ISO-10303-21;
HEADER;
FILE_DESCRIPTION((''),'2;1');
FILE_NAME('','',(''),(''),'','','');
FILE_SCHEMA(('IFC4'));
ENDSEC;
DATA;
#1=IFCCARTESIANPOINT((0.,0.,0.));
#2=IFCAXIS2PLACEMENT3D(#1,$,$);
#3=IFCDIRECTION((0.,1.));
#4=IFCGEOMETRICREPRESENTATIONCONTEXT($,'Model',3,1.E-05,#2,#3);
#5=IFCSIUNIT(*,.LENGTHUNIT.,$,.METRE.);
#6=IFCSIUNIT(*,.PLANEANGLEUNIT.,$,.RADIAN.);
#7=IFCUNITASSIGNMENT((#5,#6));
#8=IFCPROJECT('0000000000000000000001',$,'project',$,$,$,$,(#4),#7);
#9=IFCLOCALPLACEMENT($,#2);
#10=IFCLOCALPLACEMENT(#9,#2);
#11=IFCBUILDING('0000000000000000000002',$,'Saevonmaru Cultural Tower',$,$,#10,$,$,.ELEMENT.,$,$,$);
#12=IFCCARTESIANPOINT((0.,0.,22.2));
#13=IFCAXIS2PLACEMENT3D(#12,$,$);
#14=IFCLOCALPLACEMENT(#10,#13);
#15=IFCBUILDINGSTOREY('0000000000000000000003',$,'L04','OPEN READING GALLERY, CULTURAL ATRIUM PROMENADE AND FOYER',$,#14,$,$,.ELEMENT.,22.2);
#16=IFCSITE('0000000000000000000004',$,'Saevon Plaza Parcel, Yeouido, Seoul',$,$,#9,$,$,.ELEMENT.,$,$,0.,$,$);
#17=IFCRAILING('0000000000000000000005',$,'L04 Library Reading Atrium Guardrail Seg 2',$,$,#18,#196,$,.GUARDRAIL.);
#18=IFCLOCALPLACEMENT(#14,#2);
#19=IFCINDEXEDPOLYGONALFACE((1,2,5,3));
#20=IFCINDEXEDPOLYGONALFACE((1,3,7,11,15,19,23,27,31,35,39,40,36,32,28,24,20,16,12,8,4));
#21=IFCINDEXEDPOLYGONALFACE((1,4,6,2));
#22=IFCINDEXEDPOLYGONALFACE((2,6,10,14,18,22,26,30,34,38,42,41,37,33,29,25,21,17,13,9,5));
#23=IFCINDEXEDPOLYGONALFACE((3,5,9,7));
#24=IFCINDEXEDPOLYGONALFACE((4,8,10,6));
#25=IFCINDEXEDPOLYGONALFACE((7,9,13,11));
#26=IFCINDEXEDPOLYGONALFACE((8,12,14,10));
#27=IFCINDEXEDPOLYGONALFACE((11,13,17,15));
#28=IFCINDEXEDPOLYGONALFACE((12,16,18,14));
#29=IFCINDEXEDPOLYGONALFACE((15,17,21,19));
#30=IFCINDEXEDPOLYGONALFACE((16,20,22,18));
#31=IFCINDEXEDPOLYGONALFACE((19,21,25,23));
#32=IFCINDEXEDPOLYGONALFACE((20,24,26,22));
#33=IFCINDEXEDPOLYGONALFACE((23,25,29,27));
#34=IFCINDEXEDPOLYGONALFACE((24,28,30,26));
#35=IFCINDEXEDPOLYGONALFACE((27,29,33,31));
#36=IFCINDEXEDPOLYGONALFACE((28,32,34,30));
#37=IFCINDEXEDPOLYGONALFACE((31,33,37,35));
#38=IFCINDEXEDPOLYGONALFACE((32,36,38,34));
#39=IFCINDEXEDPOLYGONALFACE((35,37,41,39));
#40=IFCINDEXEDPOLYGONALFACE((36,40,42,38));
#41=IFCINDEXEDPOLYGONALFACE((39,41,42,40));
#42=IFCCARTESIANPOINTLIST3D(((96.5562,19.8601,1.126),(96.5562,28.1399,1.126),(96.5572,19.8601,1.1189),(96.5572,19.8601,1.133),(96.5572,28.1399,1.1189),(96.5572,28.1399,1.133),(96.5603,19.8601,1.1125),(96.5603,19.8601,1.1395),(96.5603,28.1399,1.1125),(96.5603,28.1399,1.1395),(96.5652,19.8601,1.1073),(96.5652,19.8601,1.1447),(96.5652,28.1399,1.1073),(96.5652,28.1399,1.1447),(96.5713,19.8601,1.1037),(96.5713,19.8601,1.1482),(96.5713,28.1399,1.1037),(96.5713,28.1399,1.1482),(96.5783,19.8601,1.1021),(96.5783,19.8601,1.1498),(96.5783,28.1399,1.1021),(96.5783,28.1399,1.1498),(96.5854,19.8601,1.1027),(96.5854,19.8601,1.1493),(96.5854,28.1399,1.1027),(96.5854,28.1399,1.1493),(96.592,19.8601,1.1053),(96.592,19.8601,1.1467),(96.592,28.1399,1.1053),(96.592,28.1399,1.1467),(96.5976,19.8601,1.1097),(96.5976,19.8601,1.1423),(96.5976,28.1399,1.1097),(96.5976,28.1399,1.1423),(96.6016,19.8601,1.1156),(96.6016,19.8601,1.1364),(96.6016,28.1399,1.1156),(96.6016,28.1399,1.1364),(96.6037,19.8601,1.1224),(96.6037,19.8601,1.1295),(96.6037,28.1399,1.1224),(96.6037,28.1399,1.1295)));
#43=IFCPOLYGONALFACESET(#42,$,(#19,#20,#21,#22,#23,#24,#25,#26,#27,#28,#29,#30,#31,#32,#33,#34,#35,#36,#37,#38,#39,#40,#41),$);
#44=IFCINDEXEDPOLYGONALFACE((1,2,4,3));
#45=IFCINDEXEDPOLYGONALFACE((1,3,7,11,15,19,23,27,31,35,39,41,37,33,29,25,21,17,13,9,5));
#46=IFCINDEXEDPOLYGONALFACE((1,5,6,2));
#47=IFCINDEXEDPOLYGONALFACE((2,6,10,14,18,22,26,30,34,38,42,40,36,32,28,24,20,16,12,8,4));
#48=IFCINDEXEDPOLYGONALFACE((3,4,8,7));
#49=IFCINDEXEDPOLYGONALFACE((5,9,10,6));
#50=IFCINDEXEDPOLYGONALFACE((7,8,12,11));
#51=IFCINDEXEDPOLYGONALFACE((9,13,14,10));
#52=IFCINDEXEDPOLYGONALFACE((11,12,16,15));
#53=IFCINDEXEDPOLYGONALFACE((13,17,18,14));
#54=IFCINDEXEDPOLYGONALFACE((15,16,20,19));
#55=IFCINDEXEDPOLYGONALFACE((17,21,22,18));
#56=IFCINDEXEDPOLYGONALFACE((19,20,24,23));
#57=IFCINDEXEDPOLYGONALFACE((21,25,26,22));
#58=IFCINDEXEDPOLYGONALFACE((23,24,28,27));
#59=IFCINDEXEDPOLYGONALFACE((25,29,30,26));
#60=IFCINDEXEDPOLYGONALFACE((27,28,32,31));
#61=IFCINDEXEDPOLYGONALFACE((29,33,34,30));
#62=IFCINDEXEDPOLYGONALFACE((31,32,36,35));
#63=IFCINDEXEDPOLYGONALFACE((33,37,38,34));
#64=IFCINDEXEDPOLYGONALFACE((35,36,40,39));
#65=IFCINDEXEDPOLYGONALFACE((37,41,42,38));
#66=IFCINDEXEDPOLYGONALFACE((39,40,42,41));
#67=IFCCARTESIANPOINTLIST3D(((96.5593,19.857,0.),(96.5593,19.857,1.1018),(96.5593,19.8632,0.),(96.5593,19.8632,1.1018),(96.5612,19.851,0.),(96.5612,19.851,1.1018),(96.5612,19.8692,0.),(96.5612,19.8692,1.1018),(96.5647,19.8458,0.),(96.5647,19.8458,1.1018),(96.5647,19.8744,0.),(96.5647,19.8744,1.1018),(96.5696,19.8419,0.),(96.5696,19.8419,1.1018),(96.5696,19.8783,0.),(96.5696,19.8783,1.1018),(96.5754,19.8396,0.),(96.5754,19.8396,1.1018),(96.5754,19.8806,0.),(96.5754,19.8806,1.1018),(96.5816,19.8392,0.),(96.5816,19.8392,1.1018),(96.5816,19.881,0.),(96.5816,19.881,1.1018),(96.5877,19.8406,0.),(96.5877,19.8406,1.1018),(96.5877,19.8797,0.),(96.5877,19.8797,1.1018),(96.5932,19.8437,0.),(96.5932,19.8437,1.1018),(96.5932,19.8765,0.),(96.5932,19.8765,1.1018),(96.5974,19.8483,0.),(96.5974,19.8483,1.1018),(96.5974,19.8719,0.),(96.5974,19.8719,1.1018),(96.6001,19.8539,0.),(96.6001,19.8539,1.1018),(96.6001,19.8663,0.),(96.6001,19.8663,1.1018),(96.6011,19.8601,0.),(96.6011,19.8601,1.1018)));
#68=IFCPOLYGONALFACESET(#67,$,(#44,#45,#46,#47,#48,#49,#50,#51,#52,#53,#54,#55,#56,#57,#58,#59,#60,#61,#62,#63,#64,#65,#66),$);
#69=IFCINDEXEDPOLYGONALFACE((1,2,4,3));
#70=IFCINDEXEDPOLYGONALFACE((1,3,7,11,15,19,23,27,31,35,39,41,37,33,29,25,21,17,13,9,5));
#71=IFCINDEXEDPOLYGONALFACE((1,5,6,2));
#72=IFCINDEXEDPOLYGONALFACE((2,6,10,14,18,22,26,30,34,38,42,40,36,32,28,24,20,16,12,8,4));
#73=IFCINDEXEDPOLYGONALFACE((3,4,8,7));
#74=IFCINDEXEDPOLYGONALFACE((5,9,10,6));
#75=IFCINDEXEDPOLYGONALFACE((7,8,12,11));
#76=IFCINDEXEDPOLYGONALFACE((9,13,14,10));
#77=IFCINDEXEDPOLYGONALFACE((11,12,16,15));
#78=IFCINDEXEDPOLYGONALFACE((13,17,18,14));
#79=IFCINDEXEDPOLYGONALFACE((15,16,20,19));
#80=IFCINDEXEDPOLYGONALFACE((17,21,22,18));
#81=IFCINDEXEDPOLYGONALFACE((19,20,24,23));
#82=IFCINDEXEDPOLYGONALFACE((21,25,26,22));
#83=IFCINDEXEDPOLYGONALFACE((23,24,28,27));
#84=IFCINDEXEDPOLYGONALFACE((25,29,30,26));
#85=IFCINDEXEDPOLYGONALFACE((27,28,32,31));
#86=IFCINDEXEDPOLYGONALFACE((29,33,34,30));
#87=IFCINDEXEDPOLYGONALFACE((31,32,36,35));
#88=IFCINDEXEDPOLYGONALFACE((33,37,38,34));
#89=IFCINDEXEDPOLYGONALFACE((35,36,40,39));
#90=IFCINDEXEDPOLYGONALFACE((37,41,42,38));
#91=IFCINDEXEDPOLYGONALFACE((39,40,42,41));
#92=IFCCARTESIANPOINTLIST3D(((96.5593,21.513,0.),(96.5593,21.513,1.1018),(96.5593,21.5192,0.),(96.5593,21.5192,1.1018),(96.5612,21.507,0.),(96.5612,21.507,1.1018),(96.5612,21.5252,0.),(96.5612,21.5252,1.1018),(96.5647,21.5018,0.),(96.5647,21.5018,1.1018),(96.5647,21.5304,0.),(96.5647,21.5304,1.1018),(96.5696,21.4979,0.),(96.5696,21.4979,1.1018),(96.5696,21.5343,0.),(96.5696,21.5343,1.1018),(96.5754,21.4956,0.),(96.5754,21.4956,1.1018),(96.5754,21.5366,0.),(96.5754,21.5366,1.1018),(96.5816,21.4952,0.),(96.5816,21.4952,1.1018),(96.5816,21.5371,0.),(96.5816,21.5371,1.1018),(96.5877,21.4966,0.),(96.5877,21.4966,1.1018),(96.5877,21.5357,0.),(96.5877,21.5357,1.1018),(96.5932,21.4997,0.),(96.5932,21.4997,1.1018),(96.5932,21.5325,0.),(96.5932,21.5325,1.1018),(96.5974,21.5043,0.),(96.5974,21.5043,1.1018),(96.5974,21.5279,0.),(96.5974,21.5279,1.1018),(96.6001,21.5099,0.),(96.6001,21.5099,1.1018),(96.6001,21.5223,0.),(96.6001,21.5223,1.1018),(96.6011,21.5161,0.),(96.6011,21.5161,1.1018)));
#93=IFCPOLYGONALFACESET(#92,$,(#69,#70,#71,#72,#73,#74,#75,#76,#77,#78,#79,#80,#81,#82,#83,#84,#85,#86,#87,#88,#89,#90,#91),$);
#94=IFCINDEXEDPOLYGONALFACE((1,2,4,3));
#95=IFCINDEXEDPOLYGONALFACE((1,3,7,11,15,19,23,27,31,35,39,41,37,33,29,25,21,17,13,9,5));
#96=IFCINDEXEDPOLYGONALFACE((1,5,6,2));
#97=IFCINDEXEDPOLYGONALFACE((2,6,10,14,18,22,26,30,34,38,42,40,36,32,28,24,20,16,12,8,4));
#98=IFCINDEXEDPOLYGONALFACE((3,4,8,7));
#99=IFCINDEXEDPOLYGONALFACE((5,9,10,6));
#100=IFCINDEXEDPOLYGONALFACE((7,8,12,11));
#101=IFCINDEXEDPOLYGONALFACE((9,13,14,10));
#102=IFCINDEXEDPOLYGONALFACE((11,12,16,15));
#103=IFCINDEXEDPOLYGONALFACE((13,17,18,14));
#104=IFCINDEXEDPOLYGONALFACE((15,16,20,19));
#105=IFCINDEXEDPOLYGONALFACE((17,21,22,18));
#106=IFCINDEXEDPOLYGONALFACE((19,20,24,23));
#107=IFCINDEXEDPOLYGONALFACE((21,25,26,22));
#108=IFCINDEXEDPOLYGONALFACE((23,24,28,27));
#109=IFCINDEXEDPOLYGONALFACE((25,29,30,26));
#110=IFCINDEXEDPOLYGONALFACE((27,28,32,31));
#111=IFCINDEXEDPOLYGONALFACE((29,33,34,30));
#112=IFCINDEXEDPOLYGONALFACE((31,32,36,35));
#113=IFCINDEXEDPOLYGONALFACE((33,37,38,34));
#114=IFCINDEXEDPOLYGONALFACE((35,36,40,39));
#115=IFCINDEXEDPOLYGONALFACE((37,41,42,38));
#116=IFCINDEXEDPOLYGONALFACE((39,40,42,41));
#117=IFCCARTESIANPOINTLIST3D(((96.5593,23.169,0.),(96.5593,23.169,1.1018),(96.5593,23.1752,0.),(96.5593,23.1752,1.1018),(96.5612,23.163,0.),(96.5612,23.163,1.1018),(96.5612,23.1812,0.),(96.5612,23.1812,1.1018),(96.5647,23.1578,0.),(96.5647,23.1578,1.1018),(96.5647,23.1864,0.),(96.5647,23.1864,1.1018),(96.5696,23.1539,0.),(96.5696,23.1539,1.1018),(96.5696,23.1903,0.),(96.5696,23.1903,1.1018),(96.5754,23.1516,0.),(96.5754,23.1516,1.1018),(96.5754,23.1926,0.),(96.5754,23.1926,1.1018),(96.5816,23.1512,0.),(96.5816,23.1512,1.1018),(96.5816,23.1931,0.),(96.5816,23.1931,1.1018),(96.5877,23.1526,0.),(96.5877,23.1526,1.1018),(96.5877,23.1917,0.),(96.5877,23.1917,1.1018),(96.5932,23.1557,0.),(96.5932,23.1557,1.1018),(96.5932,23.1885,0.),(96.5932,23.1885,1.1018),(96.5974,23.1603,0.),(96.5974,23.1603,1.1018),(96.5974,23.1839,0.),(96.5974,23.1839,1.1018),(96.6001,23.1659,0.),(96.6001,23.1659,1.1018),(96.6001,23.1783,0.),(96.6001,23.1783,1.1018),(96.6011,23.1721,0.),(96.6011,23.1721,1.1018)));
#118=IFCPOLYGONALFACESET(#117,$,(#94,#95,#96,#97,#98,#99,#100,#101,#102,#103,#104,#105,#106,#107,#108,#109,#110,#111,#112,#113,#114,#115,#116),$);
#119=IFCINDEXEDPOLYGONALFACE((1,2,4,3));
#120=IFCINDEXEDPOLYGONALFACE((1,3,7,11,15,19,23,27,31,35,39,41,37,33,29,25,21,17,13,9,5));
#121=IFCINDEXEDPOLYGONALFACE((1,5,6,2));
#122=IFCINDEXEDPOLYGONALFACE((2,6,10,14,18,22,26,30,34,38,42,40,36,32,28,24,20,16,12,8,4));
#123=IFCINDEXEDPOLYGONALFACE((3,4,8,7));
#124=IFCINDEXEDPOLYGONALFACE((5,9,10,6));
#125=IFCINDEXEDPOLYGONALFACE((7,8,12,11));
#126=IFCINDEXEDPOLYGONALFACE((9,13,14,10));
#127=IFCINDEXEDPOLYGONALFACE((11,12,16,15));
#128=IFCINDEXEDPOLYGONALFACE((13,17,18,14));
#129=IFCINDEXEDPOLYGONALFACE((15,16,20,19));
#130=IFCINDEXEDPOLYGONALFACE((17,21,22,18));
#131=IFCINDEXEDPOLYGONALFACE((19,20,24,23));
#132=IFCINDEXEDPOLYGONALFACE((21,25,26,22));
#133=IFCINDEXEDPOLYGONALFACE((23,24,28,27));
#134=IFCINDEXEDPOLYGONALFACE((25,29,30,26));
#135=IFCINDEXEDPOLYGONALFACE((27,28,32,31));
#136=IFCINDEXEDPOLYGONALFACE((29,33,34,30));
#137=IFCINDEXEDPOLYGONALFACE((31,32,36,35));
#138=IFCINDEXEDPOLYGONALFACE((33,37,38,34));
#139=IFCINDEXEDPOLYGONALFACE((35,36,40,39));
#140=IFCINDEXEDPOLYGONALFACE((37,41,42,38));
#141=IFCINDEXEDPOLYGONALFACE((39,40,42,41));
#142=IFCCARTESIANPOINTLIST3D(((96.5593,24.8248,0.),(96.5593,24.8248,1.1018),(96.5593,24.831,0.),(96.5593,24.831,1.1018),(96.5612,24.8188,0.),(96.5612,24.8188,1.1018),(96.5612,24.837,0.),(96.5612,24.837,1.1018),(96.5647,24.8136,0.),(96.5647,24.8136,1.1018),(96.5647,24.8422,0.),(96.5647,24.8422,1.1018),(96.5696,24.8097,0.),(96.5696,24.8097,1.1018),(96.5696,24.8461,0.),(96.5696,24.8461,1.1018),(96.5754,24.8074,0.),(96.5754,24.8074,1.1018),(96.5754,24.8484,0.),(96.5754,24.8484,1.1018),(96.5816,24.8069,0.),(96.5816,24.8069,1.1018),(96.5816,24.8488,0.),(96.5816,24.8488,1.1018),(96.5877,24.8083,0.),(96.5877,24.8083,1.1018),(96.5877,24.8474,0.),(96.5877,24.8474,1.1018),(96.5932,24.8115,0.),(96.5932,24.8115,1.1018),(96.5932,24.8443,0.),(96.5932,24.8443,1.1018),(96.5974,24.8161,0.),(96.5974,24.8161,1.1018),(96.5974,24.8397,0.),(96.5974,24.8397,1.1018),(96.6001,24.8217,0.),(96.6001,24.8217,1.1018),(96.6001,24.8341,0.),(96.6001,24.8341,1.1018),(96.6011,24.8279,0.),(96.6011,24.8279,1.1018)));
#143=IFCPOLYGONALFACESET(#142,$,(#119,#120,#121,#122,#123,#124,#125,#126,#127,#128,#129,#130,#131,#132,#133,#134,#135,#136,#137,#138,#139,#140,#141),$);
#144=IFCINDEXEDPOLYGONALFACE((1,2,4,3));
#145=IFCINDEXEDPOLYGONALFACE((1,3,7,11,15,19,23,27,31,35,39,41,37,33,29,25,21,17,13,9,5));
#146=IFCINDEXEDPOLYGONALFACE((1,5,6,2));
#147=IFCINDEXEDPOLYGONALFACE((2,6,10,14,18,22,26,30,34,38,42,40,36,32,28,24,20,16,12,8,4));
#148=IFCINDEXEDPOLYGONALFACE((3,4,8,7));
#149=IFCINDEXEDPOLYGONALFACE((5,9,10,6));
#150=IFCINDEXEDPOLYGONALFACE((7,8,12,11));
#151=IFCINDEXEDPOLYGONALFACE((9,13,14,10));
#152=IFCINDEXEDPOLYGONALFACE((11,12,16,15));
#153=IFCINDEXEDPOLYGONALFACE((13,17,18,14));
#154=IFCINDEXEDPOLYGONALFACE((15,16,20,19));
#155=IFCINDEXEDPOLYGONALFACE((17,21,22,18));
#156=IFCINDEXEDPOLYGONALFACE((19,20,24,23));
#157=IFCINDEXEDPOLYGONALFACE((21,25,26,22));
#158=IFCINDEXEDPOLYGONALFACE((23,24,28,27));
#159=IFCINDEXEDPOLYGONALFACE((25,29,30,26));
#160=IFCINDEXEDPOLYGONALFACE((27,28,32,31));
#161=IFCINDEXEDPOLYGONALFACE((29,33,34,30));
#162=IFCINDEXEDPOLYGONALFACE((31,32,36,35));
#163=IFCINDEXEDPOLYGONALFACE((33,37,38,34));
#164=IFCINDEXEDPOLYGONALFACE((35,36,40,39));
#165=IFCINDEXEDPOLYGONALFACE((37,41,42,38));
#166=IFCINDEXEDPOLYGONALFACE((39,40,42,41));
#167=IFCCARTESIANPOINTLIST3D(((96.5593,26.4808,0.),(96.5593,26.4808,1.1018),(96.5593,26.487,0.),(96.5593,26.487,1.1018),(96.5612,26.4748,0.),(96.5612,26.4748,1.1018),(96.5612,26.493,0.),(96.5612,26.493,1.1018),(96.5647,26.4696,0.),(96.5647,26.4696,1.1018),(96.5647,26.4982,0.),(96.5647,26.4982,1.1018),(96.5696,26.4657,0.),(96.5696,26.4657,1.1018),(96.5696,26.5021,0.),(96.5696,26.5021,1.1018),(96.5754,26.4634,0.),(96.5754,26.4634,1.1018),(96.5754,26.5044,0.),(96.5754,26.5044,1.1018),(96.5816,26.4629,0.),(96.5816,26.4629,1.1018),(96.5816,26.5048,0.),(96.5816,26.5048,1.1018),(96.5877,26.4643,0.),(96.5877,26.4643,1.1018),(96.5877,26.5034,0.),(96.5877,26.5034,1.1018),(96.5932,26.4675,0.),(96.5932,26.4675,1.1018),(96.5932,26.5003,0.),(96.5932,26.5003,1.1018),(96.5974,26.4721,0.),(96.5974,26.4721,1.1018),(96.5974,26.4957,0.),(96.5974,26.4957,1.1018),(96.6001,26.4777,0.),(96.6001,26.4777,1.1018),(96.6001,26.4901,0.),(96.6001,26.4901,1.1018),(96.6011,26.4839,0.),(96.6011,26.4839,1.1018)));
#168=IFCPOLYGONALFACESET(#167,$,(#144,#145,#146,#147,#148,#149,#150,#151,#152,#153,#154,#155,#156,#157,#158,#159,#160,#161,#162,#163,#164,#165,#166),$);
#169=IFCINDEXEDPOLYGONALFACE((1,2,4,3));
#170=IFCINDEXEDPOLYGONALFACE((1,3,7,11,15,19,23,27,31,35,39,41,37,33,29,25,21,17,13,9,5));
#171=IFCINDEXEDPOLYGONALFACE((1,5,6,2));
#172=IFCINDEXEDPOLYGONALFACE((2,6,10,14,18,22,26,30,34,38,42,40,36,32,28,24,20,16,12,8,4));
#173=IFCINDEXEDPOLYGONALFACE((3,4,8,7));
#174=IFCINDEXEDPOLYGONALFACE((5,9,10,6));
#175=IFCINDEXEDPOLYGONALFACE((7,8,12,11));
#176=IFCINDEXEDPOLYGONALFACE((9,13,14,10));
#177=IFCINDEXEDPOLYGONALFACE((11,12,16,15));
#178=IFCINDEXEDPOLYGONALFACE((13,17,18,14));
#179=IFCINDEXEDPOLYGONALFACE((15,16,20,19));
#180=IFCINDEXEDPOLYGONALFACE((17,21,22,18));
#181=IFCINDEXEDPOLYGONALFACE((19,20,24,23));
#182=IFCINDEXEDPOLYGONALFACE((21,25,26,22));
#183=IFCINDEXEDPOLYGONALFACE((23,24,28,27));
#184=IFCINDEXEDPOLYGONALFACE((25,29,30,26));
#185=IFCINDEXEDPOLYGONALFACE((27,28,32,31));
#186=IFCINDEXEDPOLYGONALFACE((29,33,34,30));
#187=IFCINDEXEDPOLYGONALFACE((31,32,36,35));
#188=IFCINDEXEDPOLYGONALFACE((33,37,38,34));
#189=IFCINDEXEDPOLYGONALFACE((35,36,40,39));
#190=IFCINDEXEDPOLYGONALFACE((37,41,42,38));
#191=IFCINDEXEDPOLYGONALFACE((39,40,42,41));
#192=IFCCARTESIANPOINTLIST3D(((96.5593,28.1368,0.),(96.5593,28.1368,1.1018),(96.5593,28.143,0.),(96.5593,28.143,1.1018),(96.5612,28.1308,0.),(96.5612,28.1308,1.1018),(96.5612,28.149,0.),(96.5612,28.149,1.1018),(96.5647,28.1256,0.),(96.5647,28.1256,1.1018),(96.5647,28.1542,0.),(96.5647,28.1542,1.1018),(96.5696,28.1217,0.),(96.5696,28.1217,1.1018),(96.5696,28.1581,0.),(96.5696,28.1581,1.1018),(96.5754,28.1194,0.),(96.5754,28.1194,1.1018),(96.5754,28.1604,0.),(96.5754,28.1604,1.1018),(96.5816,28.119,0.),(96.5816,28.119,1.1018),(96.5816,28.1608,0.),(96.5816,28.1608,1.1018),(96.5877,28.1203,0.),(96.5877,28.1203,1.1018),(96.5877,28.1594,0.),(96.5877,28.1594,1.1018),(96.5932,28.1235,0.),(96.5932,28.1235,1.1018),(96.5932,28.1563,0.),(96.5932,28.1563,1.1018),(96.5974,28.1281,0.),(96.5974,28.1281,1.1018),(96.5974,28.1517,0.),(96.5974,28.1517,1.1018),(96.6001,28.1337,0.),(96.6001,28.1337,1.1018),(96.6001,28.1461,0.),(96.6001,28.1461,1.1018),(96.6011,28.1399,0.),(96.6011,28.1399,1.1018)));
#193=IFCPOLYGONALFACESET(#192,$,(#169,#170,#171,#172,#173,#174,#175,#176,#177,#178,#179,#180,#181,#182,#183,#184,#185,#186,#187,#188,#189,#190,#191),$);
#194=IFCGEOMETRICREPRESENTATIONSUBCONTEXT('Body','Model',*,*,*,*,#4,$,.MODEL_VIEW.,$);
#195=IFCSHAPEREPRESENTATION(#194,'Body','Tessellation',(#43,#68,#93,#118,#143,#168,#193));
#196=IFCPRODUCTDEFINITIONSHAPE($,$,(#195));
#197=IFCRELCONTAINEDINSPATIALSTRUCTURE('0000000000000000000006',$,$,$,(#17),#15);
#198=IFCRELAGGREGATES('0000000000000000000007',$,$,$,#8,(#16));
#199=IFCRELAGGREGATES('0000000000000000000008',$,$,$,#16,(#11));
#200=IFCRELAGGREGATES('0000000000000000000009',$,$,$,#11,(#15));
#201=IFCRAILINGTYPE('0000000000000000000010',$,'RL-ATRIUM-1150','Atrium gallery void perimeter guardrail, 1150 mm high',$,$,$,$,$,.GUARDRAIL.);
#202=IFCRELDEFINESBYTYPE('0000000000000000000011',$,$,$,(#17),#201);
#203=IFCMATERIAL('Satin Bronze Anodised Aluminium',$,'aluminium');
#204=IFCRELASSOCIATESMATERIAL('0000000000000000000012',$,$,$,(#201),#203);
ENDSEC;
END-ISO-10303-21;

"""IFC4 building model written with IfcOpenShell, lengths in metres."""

from ifc_helpers import new_model, si_unit, direction, frame, origin, origin_2d, place, context, subcontext, project, spatial, circle, extrude, material, type_object, element, save


model = new_model("IFC4")

# Units and contexts
model_context = context("Model", 3, precision=1e-05, world=origin(), true_north=direction((0.0, 1.0)))
body_context = subcontext(model_context, "Body", "Model", "MODEL_VIEW")
ifc_project = project(units=[si_unit("LENGTHUNIT", "METRE"), si_unit("PLANEANGLEUNIT", "RADIAN")], contexts=[model_context])

# Site, building, storey
site_placement = place(None, origin())
site = spatial("IfcSite", under=ifc_project, at=site_placement, Name="Saevon Plaza Parcel, Yeouido, Seoul", CompositionType="ELEMENT", RefElevation=0.0)
building_placement = place(site_placement, origin())
building = spatial("IfcBuilding", under=site, at=building_placement, Name="Saevonmaru Cultural Tower", CompositionType="ELEMENT")
storey_placement = place(building_placement, frame((0.0, 0.0, 22.2)))
storey = spatial("IfcBuildingStorey", under=building, at=storey_placement, Name="L04", Description="OPEN READING GALLERY, CULTURAL ATRIUM PROMENADE AND FOYER", CompositionType="ELEMENT", Elevation=22.2)

# Shared definitions
ifc_material_1 = material(Name="Satin Bronze Anodised Aluminium", Category="aluminium")

# Railing
railing_type = type_object("IfcRailingType", Name="RL-ATRIUM-1150", Description="Atrium gallery void perimeter guardrail, 1150 mm high", PredefinedType="GUARDRAIL", material=ifc_material_1)
railing_placement = place(storey_placement, frame((96.5801, 19.8601, 0.0)))
element("IfcRailing", 1, at=railing_placement, inside=storey, type_object=railing_type, Name="L04 Library Reading Atrium Guardrail Seg 2", PredefinedType="GUARDRAIL", context=body_context, shape_type="SweptSolid", body=[
    extrude(circle(Radius=0.0239, at=origin_2d()), frame((0.0, 0.0, 1.126), z_axis=(0.0, 1.0, 0.0), x_axis=(-1.0, 0.0, 0.0)), (0.0, 0.0, 1.0), 8.2798),
    extrude(circle(Radius=0.021, at=origin_2d()), origin(), (0.0, 0.0, 1.0), 1.1018),
    extrude(circle(Radius=0.021, at=origin_2d()), frame((0.0, 1.656, 0.0)), (0.0, 0.0, 1.0), 1.1018),
    extrude(circle(Radius=0.021, at=origin_2d()), frame((0.0, 3.312, 0.0)), (0.0, 0.0, 1.0), 1.1018),
    extrude(circle(Radius=0.021, at=origin_2d()), frame((0.0, 4.9678, 0.0)), (0.0, 0.0, 1.0), 1.1018),
    extrude(circle(Radius=0.021, at=origin_2d()), frame((0.0, 6.6238, 0.0)), (0.0, 0.0, 1.0), 1.1018),
    extrude(circle(Radius=0.021, at=origin_2d()), frame((0.0, 8.2798, 0.0)), (0.0, 0.0, 1.0), 1.1018),
])

save(model, "model.ifc")
